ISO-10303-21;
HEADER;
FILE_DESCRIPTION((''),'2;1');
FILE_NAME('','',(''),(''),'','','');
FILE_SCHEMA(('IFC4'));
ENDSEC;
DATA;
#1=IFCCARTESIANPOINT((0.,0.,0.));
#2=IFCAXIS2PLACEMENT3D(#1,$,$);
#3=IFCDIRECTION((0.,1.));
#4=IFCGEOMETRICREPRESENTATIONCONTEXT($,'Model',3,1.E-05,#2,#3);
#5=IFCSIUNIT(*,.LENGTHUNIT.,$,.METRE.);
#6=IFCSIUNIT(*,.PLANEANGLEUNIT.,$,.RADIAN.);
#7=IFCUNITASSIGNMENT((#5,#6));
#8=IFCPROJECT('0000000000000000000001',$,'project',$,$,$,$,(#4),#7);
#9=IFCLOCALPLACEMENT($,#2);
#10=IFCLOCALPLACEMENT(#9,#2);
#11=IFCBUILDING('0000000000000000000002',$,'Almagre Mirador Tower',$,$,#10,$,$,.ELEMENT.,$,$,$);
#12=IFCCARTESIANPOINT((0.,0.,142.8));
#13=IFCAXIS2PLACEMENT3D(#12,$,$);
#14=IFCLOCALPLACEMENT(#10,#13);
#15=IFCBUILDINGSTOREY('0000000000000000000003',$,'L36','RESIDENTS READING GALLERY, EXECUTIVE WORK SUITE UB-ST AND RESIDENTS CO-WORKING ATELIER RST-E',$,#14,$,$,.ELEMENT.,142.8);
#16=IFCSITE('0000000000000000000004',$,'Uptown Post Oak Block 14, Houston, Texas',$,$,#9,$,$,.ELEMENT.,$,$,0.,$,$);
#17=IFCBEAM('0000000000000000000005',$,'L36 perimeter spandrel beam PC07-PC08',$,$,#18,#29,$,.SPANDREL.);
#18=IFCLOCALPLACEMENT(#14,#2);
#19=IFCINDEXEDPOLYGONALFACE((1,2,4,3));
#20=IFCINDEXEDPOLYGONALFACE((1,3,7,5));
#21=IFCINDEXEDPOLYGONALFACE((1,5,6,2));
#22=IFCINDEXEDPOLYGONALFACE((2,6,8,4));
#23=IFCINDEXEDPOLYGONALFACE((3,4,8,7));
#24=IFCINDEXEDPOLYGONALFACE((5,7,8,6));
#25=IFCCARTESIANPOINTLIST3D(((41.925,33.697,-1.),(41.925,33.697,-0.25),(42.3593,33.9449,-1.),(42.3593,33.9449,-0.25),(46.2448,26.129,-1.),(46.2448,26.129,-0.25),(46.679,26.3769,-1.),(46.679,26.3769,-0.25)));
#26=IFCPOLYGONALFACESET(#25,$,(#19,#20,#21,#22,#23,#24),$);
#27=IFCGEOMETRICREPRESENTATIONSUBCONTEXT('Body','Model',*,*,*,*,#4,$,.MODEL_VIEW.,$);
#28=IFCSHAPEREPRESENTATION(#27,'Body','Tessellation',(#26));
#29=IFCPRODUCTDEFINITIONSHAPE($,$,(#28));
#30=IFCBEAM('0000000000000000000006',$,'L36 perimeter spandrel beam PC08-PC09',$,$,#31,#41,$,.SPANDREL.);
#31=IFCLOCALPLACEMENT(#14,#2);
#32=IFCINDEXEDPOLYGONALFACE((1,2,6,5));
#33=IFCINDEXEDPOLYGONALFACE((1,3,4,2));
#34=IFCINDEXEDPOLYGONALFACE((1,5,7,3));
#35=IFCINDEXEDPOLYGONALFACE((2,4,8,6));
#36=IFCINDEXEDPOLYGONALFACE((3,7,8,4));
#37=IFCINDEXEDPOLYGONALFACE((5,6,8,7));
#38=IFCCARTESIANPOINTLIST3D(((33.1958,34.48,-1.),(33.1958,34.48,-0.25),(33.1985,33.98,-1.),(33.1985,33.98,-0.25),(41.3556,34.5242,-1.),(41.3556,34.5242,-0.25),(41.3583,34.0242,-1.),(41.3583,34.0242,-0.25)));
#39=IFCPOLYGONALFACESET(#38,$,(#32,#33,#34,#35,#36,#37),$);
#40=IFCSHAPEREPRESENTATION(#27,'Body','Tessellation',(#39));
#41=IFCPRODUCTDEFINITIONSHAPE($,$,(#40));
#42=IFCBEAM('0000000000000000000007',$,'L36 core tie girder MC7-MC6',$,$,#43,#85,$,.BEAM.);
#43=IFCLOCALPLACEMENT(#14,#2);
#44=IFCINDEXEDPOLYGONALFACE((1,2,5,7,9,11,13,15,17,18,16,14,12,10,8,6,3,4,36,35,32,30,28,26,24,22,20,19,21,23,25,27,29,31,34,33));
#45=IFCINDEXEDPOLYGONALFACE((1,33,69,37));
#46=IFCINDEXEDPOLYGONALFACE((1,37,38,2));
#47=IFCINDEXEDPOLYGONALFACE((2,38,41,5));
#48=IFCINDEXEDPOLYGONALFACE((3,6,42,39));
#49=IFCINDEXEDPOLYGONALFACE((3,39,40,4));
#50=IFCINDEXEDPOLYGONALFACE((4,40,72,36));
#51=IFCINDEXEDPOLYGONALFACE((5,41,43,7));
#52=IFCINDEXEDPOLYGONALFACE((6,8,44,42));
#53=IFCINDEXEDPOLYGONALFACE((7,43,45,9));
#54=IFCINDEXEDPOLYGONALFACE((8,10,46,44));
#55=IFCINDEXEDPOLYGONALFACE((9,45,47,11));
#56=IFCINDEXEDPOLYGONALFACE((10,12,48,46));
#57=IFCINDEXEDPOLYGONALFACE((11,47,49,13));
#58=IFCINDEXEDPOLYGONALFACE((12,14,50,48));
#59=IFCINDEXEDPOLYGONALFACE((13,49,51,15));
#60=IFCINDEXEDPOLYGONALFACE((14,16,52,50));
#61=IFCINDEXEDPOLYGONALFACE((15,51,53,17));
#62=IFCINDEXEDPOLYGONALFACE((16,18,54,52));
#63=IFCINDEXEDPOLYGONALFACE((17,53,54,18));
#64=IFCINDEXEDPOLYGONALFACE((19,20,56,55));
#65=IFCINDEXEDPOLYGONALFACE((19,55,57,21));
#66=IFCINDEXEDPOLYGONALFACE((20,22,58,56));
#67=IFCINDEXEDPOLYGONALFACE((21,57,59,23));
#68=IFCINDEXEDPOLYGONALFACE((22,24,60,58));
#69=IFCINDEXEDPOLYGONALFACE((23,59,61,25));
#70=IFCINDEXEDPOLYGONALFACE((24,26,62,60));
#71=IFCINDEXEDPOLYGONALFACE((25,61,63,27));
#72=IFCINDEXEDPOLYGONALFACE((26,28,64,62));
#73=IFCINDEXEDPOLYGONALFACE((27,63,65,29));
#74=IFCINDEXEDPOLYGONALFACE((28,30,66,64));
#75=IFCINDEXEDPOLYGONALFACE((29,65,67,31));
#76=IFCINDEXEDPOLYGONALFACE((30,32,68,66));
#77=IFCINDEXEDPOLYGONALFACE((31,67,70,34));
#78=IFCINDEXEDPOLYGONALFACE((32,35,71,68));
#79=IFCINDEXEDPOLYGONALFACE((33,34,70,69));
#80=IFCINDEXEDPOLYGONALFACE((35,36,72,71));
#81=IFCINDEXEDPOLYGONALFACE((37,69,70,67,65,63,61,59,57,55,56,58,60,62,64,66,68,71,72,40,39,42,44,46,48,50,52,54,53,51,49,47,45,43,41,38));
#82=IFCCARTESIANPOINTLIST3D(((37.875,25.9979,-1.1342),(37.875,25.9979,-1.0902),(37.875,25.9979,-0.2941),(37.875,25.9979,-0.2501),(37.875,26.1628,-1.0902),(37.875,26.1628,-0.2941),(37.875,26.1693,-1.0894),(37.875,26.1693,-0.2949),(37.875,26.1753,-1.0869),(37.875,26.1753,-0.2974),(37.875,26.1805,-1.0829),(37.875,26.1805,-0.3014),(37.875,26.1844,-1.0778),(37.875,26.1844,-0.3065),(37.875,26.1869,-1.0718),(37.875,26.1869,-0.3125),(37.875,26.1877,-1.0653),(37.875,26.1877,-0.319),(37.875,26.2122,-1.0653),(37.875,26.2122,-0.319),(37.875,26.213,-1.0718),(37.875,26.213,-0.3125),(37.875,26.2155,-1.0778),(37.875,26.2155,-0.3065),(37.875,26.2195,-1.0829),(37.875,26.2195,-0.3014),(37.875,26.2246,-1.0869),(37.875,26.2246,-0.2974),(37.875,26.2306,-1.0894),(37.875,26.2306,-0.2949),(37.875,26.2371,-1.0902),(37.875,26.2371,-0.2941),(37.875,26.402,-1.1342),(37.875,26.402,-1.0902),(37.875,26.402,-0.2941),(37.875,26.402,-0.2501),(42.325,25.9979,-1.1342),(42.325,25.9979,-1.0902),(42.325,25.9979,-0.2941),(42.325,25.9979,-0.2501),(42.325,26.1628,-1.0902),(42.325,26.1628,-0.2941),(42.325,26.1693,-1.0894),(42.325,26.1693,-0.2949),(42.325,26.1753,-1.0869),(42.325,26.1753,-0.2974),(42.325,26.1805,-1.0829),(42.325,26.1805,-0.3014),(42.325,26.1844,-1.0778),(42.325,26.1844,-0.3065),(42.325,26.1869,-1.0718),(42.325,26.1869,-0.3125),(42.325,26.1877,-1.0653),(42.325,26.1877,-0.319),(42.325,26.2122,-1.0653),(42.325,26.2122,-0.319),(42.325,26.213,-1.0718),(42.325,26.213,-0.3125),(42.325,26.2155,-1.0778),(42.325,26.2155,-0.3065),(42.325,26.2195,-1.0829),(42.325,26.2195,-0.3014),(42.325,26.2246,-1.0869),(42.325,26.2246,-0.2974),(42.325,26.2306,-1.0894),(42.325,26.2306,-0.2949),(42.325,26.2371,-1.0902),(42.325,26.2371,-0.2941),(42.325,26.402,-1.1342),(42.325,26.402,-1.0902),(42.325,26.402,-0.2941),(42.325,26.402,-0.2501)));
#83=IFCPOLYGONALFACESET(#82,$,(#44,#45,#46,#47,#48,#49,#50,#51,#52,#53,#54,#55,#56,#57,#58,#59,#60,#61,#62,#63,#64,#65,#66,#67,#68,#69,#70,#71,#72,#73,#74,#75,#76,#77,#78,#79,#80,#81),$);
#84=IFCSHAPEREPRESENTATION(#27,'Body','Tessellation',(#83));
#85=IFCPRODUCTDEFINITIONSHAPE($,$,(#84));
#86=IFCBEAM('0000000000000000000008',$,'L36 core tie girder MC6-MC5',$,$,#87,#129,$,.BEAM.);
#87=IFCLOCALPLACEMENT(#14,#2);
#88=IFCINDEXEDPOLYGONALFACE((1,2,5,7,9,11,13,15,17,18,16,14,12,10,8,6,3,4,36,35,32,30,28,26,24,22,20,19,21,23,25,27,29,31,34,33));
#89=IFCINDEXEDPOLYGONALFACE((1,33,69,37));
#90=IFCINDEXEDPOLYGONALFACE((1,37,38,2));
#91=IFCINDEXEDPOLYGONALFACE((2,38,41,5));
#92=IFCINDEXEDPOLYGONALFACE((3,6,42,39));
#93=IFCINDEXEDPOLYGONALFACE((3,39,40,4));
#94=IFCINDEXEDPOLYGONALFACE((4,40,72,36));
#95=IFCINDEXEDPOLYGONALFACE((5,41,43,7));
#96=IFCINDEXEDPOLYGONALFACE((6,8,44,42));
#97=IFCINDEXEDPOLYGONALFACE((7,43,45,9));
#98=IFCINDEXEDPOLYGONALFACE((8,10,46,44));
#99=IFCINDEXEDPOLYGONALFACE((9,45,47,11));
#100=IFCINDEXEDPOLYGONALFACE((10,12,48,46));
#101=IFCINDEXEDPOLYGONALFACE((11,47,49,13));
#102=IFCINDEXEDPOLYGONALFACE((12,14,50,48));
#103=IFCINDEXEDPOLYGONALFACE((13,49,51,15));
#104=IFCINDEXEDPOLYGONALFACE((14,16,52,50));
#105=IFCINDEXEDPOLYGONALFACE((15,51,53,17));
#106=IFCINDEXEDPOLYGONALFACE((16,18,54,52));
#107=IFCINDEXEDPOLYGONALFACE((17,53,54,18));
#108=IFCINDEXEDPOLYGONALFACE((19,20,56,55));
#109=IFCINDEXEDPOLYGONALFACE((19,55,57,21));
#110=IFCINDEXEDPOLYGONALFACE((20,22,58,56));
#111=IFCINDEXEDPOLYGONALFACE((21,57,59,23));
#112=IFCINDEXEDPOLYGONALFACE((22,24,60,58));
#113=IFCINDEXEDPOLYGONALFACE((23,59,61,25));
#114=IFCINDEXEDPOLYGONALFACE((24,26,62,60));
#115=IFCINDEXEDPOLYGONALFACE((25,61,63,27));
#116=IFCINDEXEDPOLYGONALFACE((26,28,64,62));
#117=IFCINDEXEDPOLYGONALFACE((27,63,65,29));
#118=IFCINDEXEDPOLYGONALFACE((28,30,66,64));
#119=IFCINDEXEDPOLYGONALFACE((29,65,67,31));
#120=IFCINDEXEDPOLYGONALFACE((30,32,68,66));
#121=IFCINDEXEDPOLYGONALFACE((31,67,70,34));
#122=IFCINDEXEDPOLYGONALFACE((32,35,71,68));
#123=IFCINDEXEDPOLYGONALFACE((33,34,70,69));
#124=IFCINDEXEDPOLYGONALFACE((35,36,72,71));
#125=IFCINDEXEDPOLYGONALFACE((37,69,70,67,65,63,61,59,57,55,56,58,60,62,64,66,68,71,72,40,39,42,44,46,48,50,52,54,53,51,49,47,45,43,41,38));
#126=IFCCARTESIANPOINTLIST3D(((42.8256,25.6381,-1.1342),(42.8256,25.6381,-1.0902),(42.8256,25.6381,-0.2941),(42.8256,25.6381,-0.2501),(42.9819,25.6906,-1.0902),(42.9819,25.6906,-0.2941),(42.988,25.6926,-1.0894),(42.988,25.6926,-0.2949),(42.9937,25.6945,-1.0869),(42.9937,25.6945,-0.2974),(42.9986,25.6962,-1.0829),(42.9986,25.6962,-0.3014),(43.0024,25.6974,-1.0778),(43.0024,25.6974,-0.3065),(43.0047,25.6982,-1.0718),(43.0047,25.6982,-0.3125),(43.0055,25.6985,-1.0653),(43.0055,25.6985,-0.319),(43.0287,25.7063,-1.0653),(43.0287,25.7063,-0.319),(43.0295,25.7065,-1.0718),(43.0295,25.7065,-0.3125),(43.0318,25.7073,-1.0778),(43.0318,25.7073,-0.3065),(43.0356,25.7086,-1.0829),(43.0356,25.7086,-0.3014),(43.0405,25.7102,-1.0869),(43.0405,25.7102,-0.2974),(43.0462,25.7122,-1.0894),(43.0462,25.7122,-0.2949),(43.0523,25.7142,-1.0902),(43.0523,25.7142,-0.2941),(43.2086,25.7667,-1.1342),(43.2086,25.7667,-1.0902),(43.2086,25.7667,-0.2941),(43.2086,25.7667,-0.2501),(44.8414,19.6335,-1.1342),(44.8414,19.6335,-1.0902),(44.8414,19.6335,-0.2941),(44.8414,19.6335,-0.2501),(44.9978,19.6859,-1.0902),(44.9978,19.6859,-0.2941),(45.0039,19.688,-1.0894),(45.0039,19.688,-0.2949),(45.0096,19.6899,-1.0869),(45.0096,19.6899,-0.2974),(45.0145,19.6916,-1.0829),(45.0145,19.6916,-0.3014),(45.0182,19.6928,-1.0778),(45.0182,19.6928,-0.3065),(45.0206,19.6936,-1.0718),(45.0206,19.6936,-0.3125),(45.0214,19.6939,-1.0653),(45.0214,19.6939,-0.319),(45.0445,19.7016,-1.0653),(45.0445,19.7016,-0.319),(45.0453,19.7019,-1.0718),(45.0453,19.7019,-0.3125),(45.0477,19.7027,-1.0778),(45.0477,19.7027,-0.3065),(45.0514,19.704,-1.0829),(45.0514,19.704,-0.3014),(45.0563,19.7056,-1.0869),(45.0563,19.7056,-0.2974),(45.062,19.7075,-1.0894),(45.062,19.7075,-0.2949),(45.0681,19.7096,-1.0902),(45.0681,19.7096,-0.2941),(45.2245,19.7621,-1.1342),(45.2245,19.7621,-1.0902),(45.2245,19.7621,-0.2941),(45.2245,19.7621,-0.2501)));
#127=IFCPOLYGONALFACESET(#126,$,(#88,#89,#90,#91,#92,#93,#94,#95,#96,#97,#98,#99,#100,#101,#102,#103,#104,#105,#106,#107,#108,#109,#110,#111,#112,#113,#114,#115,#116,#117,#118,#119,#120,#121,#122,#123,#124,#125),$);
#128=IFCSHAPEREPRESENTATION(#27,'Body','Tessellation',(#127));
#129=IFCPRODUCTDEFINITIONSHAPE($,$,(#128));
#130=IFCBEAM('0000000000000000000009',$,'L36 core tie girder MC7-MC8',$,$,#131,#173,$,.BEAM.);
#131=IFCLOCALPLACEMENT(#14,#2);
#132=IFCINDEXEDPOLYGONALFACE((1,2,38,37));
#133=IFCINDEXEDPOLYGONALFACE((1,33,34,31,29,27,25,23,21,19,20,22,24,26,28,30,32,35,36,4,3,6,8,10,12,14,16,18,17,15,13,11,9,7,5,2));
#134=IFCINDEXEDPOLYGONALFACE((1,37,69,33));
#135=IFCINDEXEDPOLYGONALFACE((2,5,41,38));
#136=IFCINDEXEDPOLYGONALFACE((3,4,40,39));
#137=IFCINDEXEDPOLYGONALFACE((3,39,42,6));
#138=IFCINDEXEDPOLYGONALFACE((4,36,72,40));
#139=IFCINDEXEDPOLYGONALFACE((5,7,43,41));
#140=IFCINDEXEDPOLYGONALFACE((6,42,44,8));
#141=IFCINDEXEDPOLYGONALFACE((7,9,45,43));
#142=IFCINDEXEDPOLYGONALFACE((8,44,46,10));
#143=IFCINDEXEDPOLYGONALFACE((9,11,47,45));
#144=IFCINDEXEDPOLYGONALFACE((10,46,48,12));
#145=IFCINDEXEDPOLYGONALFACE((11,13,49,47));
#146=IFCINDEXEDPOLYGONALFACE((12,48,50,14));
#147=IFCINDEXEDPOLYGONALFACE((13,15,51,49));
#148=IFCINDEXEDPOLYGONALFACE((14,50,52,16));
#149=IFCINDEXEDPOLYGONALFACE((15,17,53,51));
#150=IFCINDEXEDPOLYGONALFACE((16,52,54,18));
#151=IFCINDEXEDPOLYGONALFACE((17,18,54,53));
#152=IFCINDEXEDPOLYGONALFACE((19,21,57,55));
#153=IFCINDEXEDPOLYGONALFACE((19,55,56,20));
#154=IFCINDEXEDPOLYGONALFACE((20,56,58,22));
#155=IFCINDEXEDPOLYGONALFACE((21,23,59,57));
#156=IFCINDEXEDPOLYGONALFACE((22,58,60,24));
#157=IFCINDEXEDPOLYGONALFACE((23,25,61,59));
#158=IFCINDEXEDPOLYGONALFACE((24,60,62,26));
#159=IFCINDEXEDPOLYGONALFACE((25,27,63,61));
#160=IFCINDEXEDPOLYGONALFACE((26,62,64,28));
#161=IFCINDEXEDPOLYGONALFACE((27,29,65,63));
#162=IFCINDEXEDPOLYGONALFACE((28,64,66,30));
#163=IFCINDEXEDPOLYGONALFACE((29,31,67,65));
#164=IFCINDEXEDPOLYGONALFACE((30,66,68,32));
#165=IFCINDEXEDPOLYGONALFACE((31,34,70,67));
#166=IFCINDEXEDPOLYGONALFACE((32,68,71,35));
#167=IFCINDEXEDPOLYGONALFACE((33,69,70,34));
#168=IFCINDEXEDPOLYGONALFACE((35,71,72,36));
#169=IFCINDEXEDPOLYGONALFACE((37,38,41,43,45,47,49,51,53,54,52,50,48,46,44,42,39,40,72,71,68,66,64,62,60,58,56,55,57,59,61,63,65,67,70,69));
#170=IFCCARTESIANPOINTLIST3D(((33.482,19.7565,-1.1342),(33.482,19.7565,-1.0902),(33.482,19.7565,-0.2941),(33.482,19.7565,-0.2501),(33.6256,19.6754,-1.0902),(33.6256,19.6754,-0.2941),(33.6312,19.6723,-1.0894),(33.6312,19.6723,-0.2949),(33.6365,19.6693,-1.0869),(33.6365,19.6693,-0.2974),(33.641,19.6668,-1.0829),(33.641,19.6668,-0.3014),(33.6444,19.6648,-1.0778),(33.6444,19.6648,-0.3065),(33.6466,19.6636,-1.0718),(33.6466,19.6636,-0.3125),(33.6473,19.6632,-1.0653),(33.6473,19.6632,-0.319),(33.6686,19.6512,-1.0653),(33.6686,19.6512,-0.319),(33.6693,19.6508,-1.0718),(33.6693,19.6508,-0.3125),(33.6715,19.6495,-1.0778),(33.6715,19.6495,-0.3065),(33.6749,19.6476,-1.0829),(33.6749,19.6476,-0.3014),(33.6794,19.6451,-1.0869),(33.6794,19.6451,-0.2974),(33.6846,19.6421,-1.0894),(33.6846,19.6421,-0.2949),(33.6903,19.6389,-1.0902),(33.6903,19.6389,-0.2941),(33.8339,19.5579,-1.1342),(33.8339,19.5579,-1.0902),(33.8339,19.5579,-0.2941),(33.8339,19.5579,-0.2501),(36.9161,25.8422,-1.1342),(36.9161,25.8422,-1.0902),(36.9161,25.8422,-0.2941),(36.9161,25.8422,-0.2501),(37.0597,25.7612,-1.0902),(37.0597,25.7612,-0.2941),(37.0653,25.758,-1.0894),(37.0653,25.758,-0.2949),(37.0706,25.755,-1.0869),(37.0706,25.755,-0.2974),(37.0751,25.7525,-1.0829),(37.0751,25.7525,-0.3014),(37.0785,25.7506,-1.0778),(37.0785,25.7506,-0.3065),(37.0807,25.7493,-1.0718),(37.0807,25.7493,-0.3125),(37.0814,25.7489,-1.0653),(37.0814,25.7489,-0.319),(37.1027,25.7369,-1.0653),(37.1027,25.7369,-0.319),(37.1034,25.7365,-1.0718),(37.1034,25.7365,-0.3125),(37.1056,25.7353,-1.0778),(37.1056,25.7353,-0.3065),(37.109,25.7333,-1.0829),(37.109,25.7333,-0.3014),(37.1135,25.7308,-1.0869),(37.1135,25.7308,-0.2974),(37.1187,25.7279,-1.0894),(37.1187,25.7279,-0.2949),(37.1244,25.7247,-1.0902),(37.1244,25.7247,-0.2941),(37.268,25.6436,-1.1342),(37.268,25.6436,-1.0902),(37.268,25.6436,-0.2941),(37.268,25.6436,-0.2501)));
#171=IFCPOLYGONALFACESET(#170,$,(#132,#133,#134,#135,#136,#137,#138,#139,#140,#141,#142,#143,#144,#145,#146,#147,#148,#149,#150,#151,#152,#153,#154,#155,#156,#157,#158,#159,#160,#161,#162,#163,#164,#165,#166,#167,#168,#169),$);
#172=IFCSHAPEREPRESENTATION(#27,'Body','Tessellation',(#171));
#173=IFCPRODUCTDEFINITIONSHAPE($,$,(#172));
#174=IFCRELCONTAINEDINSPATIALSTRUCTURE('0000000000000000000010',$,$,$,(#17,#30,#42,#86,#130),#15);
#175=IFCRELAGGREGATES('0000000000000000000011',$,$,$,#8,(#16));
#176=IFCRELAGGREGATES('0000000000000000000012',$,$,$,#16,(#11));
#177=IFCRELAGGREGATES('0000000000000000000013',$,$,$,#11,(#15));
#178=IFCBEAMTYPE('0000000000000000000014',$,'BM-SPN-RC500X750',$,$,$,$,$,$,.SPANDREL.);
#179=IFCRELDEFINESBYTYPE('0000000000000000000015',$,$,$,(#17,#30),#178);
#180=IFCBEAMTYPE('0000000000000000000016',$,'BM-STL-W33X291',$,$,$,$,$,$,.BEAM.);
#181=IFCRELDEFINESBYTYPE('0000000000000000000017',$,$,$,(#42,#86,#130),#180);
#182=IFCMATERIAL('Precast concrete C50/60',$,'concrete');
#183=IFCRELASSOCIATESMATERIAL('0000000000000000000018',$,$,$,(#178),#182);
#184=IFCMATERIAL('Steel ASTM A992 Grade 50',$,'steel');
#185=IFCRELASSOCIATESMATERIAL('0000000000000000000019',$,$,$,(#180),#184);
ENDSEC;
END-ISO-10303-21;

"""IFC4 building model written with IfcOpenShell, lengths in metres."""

from ifc_helpers import new_model, si_unit, direction, frame, origin, origin_2d, place, context, subcontext, project, spatial, rectangle, i_section, extrude, material, material_profile, profile_set, type_object, element, save


model = new_model("IFC4")

# Units and contexts
model_context = context("Model", 3, precision=1e-05, world=origin(), true_north=direction((0.0, 1.0)))
body_context = subcontext(model_context, "Body", "Model", "MODEL_VIEW")
ifc_project = project(units=[si_unit("LENGTHUNIT", "METRE"), si_unit("PLANEANGLEUNIT", "RADIAN")], contexts=[model_context])

# Site, building, storey
site_placement = place(None, origin())
site = spatial("IfcSite", under=ifc_project, at=site_placement, Name="Uptown Post Oak Block 14, Houston, Texas", CompositionType="ELEMENT", RefElevation=0.0)
building_placement = place(site_placement, origin())
building = spatial("IfcBuilding", under=site, at=building_placement, Name="Almagre Mirador Tower", CompositionType="ELEMENT")
storey_placement = place(building_placement, frame((0.0, 0.0, 142.8)))
storey = spatial("IfcBuildingStorey", under=building, at=storey_placement, Name="L36", Description="RESIDENTS READING GALLERY, EXECUTIVE WORK SUITE UB-ST AND RESIDENTS CO-WORKING ATELIER RST-E", CompositionType="ELEMENT", Elevation=142.8)

# Beams
ifc_material_1 = material(Name="Precast concrete C50/60", Category="concrete")
ifc_material_profile_1 = material_profile(ifc_material_1, rectangle(XDim=0.5, YDim=0.75, at=origin_2d()), Name="RC500X750")
ifc_profile_set_1 = profile_set([ifc_material_profile_1], Name="Precast concrete C50/60")
beam_type_1 = type_object("IfcBeamType", Name="BM-SPN-RC500X750", PredefinedType="SPANDREL", material=ifc_profile_set_1)
beam_1_placement = place(storey_placement, frame((46.4619, 26.2529, -0.625), z_axis=(-0.495723, 0.868481, 0.0), x_axis=(-0.868481, -0.495723, 0.0)))
element("IfcBeam", 1, at=beam_1_placement, inside=storey, type_object=beam_type_1, Name="L36 perimeter spandrel beam PC07-PC08", PredefinedType="SPANDREL", context=body_context, shape_type="SweptSolid", body=[
    extrude(rectangle(XDim=0.5, YDim=0.75, at=origin_2d()), origin(), (0.0, 0.0, 1.0), 8.7141),
])
beam_2_placement = place(storey_placement, frame((41.3569, 34.2742, -0.625), z_axis=(-0.999985, -0.005415, 0.0), x_axis=(0.005415, -0.999985, 0.0)))
element("IfcBeam", 2, at=beam_2_placement, inside=storey, type_object=beam_type_1, Name="L36 perimeter spandrel beam PC08-PC09", PredefinedType="SPANDREL", context=body_context, shape_type="SweptSolid", body=[
    extrude(rectangle(XDim=0.5, YDim=0.75, at=origin_2d()), origin(), (0.0, 0.0, 1.0), 8.1599),
])
ifc_material_2 = material(Name="Steel ASTM A992 Grade 50", Category="steel")
ifc_material_profile_2 = material_profile(ifc_material_2, i_section(OverallWidth=0.4041, OverallDepth=0.884, WebThickness=0.0244, FlangeThickness=0.0439, FilletRadius=0.0249, at=origin_2d()), Name="W33X291")
ifc_profile_set_2 = profile_set([ifc_material_profile_2], Name="Steel ASTM A992 Grade 50")
beam_type_2 = type_object("IfcBeamType", Name="BM-STL-W33X291", PredefinedType="BEAM", material=ifc_profile_set_2)
beam_3_placement = place(storey_placement, frame((37.875, 26.2, -0.6921), z_axis=(1.0, 0.0, 0.0), x_axis=(0.0, 1.0, 0.0)))
element("IfcBeam", 3, at=beam_3_placement, inside=storey, type_object=beam_type_2, Name="L36 core tie girder MC7-MC6", PredefinedType="BEAM", context=body_context, shape_type="SweptSolid", body=[
    extrude(i_section(OverallWidth=0.4041, OverallDepth=0.884, WebThickness=0.0244, FlangeThickness=0.0439, FilletRadius=0.0249, at=origin_2d()), origin(), (0.0, 0.0, 1.0), 4.45),
])
beam_4_placement = place(storey_placement, frame((43.0171, 25.7024, -0.6921), z_axis=(0.318262, -0.948003, 0.0), x_axis=(0.948003, 0.318262, 0.0)))
element("IfcBeam", 4, at=beam_4_placement, inside=storey, type_object=beam_type_2, Name="L36 core tie girder MC6-MC5", PredefinedType="BEAM", context=body_context, shape_type="SweptSolid", body=[
    extrude(i_section(OverallWidth=0.4041, OverallDepth=0.884, WebThickness=0.0244, FlangeThickness=0.0439, FilletRadius=0.0249, at=origin_2d()), origin(), (0.0, 0.0, 1.0), 6.334),
])
beam_5_placement = place(storey_placement, frame((37.092, 25.7429, -0.6921), z_axis=(-0.491444, -0.870909, 0.0), x_axis=(0.870909, -0.491444, 0.0)))
element("IfcBeam", 5, at=beam_5_placement, inside=storey, type_object=beam_type_2, Name="L36 core tie girder MC7-MC8", PredefinedType="BEAM", context=body_context, shape_type="SweptSolid", body=[
    extrude(i_section(OverallWidth=0.4041, OverallDepth=0.884, WebThickness=0.0244, FlangeThickness=0.0439, FilletRadius=0.0249, at=origin_2d()), origin(), (0.0, 0.0, 1.0), 6.9878),
])

save(model, "model.ifc")
